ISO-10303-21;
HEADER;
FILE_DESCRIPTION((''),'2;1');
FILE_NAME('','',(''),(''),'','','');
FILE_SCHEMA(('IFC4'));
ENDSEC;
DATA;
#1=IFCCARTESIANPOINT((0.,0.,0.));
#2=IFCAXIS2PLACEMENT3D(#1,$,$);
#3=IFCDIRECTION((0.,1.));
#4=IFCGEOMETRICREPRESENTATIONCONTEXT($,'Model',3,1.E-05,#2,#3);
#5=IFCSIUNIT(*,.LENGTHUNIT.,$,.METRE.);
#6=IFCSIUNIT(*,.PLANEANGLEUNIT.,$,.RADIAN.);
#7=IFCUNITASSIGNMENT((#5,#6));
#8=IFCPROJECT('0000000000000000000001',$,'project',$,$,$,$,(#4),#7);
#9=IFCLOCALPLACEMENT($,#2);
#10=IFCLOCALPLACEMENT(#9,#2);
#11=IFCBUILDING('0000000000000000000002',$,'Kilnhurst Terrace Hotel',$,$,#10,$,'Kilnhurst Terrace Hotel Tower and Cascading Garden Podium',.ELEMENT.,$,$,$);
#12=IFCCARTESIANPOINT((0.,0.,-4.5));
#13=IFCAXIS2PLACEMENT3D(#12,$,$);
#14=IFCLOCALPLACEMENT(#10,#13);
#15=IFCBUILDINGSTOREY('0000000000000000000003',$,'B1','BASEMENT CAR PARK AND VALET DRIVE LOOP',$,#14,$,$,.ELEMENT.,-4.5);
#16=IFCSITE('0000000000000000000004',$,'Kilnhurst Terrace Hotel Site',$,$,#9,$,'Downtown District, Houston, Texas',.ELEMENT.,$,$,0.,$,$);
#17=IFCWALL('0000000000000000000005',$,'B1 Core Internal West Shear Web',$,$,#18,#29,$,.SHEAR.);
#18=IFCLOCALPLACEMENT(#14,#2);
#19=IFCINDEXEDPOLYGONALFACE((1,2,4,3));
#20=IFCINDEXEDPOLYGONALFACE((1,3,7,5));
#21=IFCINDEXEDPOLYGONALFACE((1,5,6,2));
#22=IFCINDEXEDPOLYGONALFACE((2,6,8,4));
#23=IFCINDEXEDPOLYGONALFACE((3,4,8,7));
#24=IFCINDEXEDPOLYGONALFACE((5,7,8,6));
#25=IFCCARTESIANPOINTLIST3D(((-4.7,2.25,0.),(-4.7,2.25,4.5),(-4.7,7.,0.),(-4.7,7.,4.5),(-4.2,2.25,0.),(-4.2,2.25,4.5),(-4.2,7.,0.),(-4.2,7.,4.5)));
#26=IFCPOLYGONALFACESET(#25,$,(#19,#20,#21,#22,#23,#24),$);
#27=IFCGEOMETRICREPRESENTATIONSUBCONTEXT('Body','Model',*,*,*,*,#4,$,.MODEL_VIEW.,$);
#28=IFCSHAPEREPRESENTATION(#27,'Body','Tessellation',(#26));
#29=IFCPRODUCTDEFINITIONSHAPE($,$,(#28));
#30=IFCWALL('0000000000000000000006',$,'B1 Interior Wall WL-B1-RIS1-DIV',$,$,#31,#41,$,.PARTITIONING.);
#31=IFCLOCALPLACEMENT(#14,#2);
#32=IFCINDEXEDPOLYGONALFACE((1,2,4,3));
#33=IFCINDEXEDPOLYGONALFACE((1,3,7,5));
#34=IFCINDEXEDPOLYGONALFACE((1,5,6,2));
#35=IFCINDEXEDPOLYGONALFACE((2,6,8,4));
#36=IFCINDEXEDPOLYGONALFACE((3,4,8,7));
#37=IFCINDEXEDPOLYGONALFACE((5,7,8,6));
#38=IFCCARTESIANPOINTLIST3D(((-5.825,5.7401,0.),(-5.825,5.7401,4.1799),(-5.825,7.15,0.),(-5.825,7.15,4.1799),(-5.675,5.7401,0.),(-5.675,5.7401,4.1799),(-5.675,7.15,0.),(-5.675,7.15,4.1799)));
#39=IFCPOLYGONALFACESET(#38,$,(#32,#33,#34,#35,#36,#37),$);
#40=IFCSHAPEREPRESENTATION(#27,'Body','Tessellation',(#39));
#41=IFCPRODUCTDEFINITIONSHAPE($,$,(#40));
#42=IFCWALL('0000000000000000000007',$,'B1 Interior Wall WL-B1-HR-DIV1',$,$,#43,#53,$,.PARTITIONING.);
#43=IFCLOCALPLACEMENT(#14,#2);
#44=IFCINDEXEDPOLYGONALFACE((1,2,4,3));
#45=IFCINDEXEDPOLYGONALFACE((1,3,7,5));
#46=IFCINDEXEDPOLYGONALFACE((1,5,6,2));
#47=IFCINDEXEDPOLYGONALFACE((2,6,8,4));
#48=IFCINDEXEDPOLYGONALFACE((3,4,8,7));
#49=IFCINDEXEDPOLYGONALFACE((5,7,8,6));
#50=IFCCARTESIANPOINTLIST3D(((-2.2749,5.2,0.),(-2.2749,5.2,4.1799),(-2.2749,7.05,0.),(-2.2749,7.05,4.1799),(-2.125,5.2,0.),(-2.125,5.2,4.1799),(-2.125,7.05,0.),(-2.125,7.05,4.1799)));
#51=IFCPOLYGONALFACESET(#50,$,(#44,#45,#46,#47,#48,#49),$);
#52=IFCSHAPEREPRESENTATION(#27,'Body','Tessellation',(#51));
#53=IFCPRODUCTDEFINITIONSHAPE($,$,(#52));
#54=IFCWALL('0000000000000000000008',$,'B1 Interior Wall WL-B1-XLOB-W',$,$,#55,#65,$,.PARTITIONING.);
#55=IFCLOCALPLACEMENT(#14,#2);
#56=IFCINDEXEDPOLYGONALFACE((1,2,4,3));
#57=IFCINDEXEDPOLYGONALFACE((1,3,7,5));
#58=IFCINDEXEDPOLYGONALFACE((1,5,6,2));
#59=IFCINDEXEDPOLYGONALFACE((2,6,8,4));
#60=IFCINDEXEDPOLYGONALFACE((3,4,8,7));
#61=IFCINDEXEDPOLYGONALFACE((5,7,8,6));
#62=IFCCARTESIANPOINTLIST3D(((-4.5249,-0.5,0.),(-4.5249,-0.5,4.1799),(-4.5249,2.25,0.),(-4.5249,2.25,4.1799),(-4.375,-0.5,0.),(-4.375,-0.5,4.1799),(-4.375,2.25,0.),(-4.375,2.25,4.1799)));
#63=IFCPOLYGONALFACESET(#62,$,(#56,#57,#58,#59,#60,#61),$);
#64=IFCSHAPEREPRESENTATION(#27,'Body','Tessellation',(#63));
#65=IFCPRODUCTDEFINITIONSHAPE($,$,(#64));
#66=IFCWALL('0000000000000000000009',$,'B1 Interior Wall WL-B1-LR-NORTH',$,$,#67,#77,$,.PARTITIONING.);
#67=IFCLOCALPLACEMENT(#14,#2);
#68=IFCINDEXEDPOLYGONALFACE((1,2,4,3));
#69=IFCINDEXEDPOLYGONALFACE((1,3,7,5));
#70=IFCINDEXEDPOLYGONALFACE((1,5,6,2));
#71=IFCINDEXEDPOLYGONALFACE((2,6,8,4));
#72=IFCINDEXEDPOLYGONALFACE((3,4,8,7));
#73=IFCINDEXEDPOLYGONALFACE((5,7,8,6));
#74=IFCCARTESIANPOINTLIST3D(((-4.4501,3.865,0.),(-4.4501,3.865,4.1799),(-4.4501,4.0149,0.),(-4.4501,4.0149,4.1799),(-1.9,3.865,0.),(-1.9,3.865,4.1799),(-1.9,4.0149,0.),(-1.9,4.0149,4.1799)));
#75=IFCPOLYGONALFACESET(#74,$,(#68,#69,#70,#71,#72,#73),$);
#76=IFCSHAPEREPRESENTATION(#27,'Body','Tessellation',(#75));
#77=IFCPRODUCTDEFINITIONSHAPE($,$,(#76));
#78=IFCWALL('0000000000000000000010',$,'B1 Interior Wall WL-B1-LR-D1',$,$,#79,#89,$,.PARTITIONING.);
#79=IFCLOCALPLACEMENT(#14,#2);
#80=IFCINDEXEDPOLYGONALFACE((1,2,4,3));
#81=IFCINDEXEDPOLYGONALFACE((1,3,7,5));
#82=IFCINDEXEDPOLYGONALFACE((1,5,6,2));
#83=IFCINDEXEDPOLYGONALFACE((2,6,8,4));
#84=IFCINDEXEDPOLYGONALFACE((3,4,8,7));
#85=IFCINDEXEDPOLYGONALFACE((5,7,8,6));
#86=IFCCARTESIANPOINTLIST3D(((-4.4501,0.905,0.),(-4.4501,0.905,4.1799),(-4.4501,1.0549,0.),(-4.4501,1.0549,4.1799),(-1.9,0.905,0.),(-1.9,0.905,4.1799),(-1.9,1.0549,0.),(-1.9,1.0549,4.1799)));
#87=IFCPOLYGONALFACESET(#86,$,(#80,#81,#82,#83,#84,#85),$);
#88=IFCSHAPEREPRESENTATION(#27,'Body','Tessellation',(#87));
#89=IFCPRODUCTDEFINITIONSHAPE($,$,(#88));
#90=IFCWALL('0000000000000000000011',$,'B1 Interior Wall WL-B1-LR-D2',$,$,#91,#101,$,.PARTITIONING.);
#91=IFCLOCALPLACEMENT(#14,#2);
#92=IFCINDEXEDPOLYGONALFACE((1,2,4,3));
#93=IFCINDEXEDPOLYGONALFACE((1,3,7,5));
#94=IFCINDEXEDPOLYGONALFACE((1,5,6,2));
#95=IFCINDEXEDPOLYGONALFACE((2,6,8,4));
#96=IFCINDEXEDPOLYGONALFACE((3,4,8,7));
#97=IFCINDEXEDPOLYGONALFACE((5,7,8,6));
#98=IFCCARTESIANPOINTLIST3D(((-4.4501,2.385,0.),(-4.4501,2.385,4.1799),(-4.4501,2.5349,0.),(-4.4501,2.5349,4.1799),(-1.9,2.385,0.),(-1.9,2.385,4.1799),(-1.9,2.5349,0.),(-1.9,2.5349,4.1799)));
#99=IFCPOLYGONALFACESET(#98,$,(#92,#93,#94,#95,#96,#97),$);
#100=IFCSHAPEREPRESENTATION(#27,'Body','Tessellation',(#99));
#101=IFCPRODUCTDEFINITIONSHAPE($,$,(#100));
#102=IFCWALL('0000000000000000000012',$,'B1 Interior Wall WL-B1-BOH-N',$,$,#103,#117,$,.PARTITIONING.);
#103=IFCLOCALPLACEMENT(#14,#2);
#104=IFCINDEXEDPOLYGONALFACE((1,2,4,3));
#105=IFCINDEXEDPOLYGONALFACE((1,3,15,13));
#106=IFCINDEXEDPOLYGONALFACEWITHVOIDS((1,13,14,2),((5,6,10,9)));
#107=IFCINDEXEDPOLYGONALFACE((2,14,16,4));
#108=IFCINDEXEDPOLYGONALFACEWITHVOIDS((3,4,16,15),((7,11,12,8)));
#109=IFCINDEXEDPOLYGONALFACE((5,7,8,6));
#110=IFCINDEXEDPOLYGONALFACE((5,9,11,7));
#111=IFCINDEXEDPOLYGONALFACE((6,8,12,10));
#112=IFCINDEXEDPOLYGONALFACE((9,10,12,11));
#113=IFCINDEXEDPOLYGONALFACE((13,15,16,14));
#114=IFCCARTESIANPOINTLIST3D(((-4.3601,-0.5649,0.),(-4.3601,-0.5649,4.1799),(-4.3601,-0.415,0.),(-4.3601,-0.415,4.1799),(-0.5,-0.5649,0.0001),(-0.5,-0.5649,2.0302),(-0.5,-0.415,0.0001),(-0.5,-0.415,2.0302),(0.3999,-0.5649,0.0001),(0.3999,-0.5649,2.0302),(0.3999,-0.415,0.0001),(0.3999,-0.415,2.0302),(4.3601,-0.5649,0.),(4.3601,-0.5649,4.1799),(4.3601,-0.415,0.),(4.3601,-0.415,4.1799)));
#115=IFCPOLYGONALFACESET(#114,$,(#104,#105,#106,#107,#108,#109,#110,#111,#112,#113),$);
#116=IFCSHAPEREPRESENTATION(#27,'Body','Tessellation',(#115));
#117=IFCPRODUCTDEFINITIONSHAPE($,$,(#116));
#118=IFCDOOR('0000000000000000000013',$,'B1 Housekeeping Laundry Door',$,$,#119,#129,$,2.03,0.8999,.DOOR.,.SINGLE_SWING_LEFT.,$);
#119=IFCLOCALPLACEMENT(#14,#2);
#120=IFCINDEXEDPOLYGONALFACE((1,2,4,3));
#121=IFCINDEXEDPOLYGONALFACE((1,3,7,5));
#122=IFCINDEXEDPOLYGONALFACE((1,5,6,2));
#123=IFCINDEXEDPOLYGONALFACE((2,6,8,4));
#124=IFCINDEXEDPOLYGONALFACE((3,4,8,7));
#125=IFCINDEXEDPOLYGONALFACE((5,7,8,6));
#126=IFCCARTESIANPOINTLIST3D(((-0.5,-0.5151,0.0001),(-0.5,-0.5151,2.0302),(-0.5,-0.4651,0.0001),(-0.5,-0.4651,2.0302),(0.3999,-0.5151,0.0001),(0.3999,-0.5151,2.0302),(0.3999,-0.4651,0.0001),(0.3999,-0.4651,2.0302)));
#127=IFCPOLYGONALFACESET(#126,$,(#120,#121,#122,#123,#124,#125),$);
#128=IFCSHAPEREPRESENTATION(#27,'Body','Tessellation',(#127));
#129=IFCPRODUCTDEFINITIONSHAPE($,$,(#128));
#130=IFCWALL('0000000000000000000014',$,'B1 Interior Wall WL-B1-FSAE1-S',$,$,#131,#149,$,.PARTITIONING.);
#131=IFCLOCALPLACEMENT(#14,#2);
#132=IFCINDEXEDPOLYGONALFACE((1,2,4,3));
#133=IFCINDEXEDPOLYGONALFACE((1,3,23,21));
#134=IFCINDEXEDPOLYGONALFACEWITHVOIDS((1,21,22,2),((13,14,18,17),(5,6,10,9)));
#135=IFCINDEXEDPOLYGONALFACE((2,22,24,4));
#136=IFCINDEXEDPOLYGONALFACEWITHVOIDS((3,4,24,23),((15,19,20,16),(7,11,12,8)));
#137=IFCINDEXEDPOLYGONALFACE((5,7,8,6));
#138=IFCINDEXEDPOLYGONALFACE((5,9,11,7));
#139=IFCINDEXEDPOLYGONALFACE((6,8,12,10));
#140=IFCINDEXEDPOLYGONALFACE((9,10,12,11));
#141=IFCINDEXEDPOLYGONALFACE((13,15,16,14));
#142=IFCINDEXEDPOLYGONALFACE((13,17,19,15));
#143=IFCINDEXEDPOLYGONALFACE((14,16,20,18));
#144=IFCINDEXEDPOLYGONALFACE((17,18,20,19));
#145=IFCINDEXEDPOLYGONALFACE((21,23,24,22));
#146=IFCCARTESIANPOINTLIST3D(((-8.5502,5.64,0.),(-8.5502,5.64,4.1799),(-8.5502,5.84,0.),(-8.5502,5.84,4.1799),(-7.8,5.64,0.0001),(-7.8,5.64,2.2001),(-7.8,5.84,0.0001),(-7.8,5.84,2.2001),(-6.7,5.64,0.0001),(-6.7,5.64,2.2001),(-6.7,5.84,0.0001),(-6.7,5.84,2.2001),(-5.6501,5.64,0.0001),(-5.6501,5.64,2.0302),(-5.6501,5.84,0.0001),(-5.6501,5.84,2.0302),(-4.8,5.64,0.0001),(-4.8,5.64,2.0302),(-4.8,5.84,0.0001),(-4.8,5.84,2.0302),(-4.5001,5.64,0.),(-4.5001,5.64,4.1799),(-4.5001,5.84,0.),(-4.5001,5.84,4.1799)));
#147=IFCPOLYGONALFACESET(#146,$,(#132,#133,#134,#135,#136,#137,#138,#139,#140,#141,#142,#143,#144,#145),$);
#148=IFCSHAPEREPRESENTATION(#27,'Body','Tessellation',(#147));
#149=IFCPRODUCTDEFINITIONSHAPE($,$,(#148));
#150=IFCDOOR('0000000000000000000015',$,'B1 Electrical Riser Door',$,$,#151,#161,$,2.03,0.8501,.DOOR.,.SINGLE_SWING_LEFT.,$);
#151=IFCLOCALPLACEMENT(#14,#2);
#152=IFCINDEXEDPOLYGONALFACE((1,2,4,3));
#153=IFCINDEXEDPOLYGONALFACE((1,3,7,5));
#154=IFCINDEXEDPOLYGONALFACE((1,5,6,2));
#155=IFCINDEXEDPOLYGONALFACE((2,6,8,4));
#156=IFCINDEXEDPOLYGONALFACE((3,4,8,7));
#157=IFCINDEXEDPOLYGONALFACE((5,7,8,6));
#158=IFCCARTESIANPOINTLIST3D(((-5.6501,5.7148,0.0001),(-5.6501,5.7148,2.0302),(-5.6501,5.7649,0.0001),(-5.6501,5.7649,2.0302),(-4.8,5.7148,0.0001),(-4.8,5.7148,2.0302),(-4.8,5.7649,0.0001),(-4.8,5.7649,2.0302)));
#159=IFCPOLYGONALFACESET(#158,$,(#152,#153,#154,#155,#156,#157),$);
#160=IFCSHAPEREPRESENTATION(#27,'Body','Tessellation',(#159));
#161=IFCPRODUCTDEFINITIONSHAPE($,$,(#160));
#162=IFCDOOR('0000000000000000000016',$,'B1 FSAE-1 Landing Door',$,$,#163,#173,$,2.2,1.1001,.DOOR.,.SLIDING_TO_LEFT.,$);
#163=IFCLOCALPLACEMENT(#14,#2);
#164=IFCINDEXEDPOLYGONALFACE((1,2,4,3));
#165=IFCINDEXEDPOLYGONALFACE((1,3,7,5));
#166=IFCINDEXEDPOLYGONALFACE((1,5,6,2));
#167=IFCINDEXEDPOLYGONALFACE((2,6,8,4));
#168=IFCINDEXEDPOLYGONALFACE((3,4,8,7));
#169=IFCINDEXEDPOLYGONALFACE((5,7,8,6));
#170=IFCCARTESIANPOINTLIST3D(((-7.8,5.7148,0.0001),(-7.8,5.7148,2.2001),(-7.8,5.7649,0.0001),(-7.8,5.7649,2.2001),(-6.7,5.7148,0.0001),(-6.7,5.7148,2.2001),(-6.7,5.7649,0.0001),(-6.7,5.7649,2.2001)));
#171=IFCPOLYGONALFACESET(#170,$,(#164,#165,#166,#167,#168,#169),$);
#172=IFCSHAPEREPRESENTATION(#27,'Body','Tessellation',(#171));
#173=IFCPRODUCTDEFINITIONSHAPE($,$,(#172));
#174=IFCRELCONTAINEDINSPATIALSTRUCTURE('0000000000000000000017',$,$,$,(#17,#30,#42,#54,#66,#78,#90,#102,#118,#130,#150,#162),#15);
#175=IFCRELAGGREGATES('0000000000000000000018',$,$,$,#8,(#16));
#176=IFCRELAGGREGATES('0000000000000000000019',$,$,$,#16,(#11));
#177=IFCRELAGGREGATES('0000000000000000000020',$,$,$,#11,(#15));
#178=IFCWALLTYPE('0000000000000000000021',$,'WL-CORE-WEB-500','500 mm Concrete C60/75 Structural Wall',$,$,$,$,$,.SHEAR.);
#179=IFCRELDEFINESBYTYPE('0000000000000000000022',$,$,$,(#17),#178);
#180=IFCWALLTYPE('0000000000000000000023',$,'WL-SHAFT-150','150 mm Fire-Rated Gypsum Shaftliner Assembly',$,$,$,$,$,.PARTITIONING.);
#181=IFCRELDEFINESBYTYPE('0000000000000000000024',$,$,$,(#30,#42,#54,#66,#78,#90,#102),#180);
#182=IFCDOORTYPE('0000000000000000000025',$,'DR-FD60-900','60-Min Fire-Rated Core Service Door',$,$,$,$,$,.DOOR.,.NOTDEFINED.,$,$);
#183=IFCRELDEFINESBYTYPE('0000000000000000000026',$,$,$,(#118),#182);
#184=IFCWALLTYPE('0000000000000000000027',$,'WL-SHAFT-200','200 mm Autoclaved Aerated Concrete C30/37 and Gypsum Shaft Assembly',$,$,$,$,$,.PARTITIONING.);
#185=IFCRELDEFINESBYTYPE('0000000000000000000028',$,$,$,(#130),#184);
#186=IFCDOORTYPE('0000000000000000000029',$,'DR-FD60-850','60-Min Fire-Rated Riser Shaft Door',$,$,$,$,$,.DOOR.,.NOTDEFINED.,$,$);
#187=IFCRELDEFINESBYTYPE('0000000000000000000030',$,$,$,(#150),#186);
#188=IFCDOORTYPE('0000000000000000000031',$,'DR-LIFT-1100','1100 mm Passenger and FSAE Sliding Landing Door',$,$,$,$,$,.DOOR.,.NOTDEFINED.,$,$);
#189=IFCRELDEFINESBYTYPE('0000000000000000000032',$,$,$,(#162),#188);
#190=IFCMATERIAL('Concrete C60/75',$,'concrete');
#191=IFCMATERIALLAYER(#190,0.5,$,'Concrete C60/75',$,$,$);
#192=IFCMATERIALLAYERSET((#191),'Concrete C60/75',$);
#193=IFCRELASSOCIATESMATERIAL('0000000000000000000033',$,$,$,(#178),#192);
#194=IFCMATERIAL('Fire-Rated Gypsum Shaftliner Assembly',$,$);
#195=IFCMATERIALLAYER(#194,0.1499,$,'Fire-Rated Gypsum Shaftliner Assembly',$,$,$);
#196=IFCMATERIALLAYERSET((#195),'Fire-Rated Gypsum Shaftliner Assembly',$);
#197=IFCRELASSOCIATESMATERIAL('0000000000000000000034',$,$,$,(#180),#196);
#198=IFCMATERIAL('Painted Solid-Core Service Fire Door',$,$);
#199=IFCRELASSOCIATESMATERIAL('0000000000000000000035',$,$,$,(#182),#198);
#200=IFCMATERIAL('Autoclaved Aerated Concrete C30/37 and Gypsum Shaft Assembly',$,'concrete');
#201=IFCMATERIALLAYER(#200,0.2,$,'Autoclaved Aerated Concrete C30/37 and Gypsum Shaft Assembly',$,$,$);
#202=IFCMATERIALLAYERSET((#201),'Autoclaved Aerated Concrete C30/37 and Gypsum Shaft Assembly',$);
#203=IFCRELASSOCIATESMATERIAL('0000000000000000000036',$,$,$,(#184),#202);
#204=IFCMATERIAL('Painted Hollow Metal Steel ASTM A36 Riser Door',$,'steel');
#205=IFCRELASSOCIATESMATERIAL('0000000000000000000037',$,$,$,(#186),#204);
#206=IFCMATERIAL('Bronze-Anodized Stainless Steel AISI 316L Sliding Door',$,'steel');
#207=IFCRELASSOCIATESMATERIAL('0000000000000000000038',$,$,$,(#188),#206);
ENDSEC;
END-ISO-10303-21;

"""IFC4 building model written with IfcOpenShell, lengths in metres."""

from ifc_helpers import new_model, si_unit, direction, frame, frame_2d, origin, place, context, subcontext, project, spatial, rectangle, extrude, material, layer, layer_set, type_object, element, fill, save


model = new_model("IFC4")

# Units and contexts
model_context = context("Model", 3, precision=1e-05, world=origin(), true_north=direction((0.0, 1.0)))
body_context = subcontext(model_context, "Body", "Model", "MODEL_VIEW")
ifc_project = project(units=[si_unit("LENGTHUNIT", "METRE"), si_unit("PLANEANGLEUNIT", "RADIAN")], contexts=[model_context])

# Site, building, storey
site_placement = place(None, origin())
site = spatial("IfcSite", under=ifc_project, at=site_placement, Name="Kilnhurst Terrace Hotel Site", LongName="Downtown District, Houston, Texas", CompositionType="ELEMENT", RefElevation=0.0)
building_placement = place(site_placement, origin())
building = spatial("IfcBuilding", under=site, at=building_placement, Name="Kilnhurst Terrace Hotel", LongName="Kilnhurst Terrace Hotel Tower and Cascading Garden Podium", CompositionType="ELEMENT")
storey_placement = place(building_placement, frame((0.0, 0.0, -4.5)))
storey = spatial("IfcBuildingStorey", under=building, at=storey_placement, Name="B1", Description="BASEMENT CAR PARK AND VALET DRIVE LOOP", CompositionType="ELEMENT", Elevation=-4.5)

# Walls
ifc_material_1 = material(Name="Concrete C60/75", Category="concrete")
ifc_layer_1 = layer(ifc_material_1, 0.5, Name="Concrete C60/75")
ifc_layer_set_1 = layer_set([ifc_layer_1], Name="Concrete C60/75")
wall_type_1 = type_object("IfcWallType", Name="WL-CORE-WEB-500", Description="500 mm Concrete C60/75 Structural Wall", PredefinedType="SHEAR", material=ifc_layer_set_1)
wall_1_placement = place(storey_placement, frame((-4.45, 2.25, 0.0), z_axis=(0.0, 0.0, 1.0), x_axis=(0.0, 1.0, 0.0)))
element("IfcWall", 1, at=wall_1_placement, inside=storey, type_object=wall_type_1, Name="B1 Core Internal West Shear Web", PredefinedType="SHEAR", context=body_context, shape_type="SweptSolid", body=[
    extrude(rectangle(XDim=4.75, YDim=0.5, at=frame_2d((2.375, 0.0))), origin(), (0.0, 0.0, 1.0), 4.5),
])
ifc_material_2 = material(Name="Fire-Rated Gypsum Shaftliner Assembly")
ifc_layer_2 = layer(ifc_material_2, 0.1499, Name="Fire-Rated Gypsum Shaftliner Assembly")
ifc_layer_set_2 = layer_set([ifc_layer_2], Name="Fire-Rated Gypsum Shaftliner Assembly")
wall_type_2 = type_object("IfcWallType", Name="WL-SHAFT-150", Description="150 mm Fire-Rated Gypsum Shaftliner Assembly", PredefinedType="PARTITIONING", material=ifc_layer_set_2)
wall_2_placement = place(storey_placement, frame((-5.75, 5.74, 0.0), z_axis=(0.0, 0.0, 1.0), x_axis=(0.0, 1.0, 0.0)))
element("IfcWall", 2, at=wall_2_placement, inside=storey, type_object=wall_type_2, Name="B1 Interior Wall WL-B1-RIS1-DIV", PredefinedType="PARTITIONING", context=body_context, shape_type="SweptSolid", body=[
    extrude(rectangle(XDim=1.4099, YDim=0.1499, at=frame_2d((0.7051, 0.0))), origin(), (0.0, 0.0, 1.0), 4.1799),
])
wall_3_placement = place(storey_placement, frame((-2.2, 5.2, 0.0), z_axis=(0.0, 0.0, 1.0), x_axis=(0.0, 1.0, 0.0)))
element("IfcWall", 3, at=wall_3_placement, inside=storey, type_object=wall_type_2, Name="B1 Interior Wall WL-B1-HR-DIV1", PredefinedType="PARTITIONING", context=body_context, shape_type="SweptSolid", body=[
    extrude(rectangle(XDim=1.8501, YDim=0.1499, at=frame_2d((0.925, 0.0))), origin(), (0.0, 0.0, 1.0), 4.1799),
])
wall_4_placement = place(storey_placement, frame((-4.45, -0.5, 0.0), z_axis=(0.0, 0.0, 1.0), x_axis=(0.0, 1.0, 0.0)))
element("IfcWall", 4, at=wall_4_placement, inside=storey, type_object=wall_type_2, Name="B1 Interior Wall WL-B1-XLOB-W", PredefinedType="PARTITIONING", context=body_context, shape_type="SweptSolid", body=[
    extrude(rectangle(XDim=2.75, YDim=0.1499, at=frame_2d((1.375, 0.0))), origin(), (0.0, 0.0, 1.0), 4.1799),
])
for number, where, z_axis, x_axis, name in (
    (5, (-4.45, 3.9399, 0.0), (0.0, 0.0, 1.0), (1.0, 0.0, 0.0), "B1 Interior Wall WL-B1-LR-NORTH"),
    (6, (-4.45, 0.98, 0.0), (0.0, 0.0, 1.0), (1.0, 0.0, 0.0), "B1 Interior Wall WL-B1-LR-D1"),
    (7, (-4.45, 2.46, 0.0), (0.0, 0.0, 1.0), (1.0, 0.0, 0.0), "B1 Interior Wall WL-B1-LR-D2"),
):
    element("IfcWall", number, at=place(storey_placement, frame(where, z_axis=z_axis, x_axis=x_axis)), inside=storey, type_object=wall_type_2, Name=name, PredefinedType="PARTITIONING", context=body_context, shape_type="SweptSolid", body=[
        extrude(rectangle(XDim=2.55, YDim=0.1499, at=frame_2d((1.2749, 0.0))), origin(), (0.0, 0.0, 1.0), 4.1799),
    ])

# Wall, opening, door
wall_5_placement = place(storey_placement, frame((-4.3601, -0.49, 0.0), z_axis=(0.0, 0.0, 1.0), x_axis=(1.0, 0.0, 0.0)))
wall_5 = element("IfcWall", 8, at=wall_5_placement, inside=storey, type_object=wall_type_2, Name="B1 Interior Wall WL-B1-BOH-N", PredefinedType="PARTITIONING", context=body_context, shape_type="SweptSolid", body=[
    extrude(rectangle(XDim=8.7202, YDim=0.1499, at=frame_2d((4.3601, 0.0))), origin(), (0.0, 0.0, 1.0), 4.1799),
])
opening_1_placement = place(wall_5_placement, frame((3.8601, 0.0, 0.0)))
opening_1 = element("IfcOpeningElement", 9, at=opening_1_placement, cuts=wall_5, PredefinedType="OPENING", context=body_context, shape_type="SweptSolid", body=[
    extrude(rectangle(XDim=0.8999, YDim=2.03, at=frame_2d((0.45, 1.0151))), frame((0.0, 0.085, 0.0), z_axis=(0.0, -1.0, 0.0), x_axis=(1.0, 0.0, 0.0)), (0.0, 0.0, 1.0), 0.1699),
])
ifc_material_3 = material(Name="Painted Solid-Core Service Fire Door")
door_type_1 = type_object("IfcDoorType", Name="DR-FD60-900", Description="60-Min Fire-Rated Core Service Door", OperationType="NOTDEFINED", PredefinedType="DOOR", material=ifc_material_3)
door_1_placement = place(opening_1_placement, origin())
door_1 = element("IfcDoor", 10, at=door_1_placement, inside=storey, type_object=door_type_1, Name="B1 Housekeeping Laundry Door", OperationType="SINGLE_SWING_LEFT", OverallHeight=2.03, OverallWidth=0.8999, PredefinedType="DOOR", context=body_context, shape_type="SweptSolid", body=[
    extrude(rectangle(XDim=0.8999, YDim=2.03, at=frame_2d((0.45, 1.0151))), frame((0.0, 0.0249, 0.0), z_axis=(0.0, -1.0, 0.0), x_axis=(1.0, 0.0, 0.0)), (0.0, 0.0, 1.0), 0.05),
])
fill(opening_1, door_1)

# Wall, openings, doors
ifc_material_4 = material(Name="Autoclaved Aerated Concrete C30/37 and Gypsum Shaft Assembly", Category="concrete")
ifc_layer_3 = layer(ifc_material_4, 0.2, Name="Autoclaved Aerated Concrete C30/37 and Gypsum Shaft Assembly")
ifc_layer_set_3 = layer_set([ifc_layer_3], Name="Autoclaved Aerated Concrete C30/37 and Gypsum Shaft Assembly")
wall_type_3 = type_object("IfcWallType", Name="WL-SHAFT-200", Description="200 mm Autoclaved Aerated Concrete C30/37 and Gypsum Shaft Assembly", PredefinedType="PARTITIONING", material=ifc_layer_set_3)
wall_6_placement = place(storey_placement, frame((-8.55, 5.74, 0.0), z_axis=(0.0, 0.0, 1.0), x_axis=(1.0, 0.0, 0.0)))
wall_6 = element("IfcWall", 11, at=wall_6_placement, inside=storey, type_object=wall_type_3, Name="B1 Interior Wall WL-B1-FSAE1-S", PredefinedType="PARTITIONING", context=body_context, shape_type="SweptSolid", body=[
    extrude(rectangle(XDim=4.05, YDim=0.2, at=frame_2d((2.0249, 0.0))), origin(), (0.0, 0.0, 1.0), 4.1799),
])
opening_2_placement = place(wall_6_placement, frame((0.75, 0.0, 0.0)))
opening_2 = element("IfcOpeningElement", 12, at=opening_2_placement, cuts=wall_6, PredefinedType="OPENING", context=body_context, shape_type="SweptSolid", body=[
    extrude(rectangle(XDim=1.1001, YDim=2.2, at=frame_2d((0.55, 1.1001))), frame((0.0, 0.1099, 0.0), z_axis=(0.0, -1.0, 0.0), x_axis=(1.0, 0.0, 0.0)), (0.0, 0.0, 1.0), 0.22),
])
opening_3_placement = place(wall_6_placement, frame((2.8999, 0.0, 0.0)))
opening_3 = element("IfcOpeningElement", 13, at=opening_3_placement, cuts=wall_6, PredefinedType="OPENING", context=body_context, shape_type="SweptSolid", body=[
    extrude(rectangle(XDim=0.8501, YDim=2.03, at=frame_2d((0.425, 1.0151))), frame((0.0, 0.1099, 0.0), z_axis=(0.0, -1.0, 0.0), x_axis=(1.0, 0.0, 0.0)), (0.0, 0.0, 1.0), 0.22),
])
ifc_material_5 = material(Name="Painted Hollow Metal Steel ASTM A36 Riser Door", Category="steel")
door_type_2 = type_object("IfcDoorType", Name="DR-FD60-850", Description="60-Min Fire-Rated Riser Shaft Door", OperationType="NOTDEFINED", PredefinedType="DOOR", material=ifc_material_5)
door_2_placement = place(opening_3_placement, origin())
door_2 = element("IfcDoor", 14, at=door_2_placement, inside=storey, type_object=door_type_2, Name="B1 Electrical Riser Door", OperationType="SINGLE_SWING_LEFT", OverallHeight=2.03, OverallWidth=0.8501, PredefinedType="DOOR", context=body_context, shape_type="SweptSolid", body=[
    extrude(rectangle(XDim=0.8501, YDim=2.03, at=frame_2d((0.425, 1.0151))), frame((0.0, 0.0249, 0.0), z_axis=(0.0, -1.0, 0.0), x_axis=(1.0, 0.0, 0.0)), (0.0, 0.0, 1.0), 0.05),
])
fill(opening_3, door_2)
ifc_material_6 = material(Name="Bronze-Anodized Stainless Steel AISI 316L Sliding Door", Category="steel")
door_type_3 = type_object("IfcDoorType", Name="DR-LIFT-1100", Description="1100 mm Passenger and FSAE Sliding Landing Door", OperationType="NOTDEFINED", PredefinedType="DOOR", material=ifc_material_6)
door_3_placement = place(opening_2_placement, origin())
door_3 = element("IfcDoor", 15, at=door_3_placement, inside=storey, type_object=door_type_3, Name="B1 FSAE-1 Landing Door", OperationType="SLIDING_TO_LEFT", OverallHeight=2.2, OverallWidth=1.1001, PredefinedType="DOOR", context=body_context, shape_type="SweptSolid", body=[
    extrude(rectangle(XDim=1.1001, YDim=2.2, at=frame_2d((0.55, 1.1001))), frame((0.0, 0.0249, 0.0), z_axis=(0.0, -1.0, 0.0), x_axis=(1.0, 0.0, 0.0)), (0.0, 0.0, 1.0), 0.05),
])
fill(opening_2, door_3)

save(model, "model.ifc")
